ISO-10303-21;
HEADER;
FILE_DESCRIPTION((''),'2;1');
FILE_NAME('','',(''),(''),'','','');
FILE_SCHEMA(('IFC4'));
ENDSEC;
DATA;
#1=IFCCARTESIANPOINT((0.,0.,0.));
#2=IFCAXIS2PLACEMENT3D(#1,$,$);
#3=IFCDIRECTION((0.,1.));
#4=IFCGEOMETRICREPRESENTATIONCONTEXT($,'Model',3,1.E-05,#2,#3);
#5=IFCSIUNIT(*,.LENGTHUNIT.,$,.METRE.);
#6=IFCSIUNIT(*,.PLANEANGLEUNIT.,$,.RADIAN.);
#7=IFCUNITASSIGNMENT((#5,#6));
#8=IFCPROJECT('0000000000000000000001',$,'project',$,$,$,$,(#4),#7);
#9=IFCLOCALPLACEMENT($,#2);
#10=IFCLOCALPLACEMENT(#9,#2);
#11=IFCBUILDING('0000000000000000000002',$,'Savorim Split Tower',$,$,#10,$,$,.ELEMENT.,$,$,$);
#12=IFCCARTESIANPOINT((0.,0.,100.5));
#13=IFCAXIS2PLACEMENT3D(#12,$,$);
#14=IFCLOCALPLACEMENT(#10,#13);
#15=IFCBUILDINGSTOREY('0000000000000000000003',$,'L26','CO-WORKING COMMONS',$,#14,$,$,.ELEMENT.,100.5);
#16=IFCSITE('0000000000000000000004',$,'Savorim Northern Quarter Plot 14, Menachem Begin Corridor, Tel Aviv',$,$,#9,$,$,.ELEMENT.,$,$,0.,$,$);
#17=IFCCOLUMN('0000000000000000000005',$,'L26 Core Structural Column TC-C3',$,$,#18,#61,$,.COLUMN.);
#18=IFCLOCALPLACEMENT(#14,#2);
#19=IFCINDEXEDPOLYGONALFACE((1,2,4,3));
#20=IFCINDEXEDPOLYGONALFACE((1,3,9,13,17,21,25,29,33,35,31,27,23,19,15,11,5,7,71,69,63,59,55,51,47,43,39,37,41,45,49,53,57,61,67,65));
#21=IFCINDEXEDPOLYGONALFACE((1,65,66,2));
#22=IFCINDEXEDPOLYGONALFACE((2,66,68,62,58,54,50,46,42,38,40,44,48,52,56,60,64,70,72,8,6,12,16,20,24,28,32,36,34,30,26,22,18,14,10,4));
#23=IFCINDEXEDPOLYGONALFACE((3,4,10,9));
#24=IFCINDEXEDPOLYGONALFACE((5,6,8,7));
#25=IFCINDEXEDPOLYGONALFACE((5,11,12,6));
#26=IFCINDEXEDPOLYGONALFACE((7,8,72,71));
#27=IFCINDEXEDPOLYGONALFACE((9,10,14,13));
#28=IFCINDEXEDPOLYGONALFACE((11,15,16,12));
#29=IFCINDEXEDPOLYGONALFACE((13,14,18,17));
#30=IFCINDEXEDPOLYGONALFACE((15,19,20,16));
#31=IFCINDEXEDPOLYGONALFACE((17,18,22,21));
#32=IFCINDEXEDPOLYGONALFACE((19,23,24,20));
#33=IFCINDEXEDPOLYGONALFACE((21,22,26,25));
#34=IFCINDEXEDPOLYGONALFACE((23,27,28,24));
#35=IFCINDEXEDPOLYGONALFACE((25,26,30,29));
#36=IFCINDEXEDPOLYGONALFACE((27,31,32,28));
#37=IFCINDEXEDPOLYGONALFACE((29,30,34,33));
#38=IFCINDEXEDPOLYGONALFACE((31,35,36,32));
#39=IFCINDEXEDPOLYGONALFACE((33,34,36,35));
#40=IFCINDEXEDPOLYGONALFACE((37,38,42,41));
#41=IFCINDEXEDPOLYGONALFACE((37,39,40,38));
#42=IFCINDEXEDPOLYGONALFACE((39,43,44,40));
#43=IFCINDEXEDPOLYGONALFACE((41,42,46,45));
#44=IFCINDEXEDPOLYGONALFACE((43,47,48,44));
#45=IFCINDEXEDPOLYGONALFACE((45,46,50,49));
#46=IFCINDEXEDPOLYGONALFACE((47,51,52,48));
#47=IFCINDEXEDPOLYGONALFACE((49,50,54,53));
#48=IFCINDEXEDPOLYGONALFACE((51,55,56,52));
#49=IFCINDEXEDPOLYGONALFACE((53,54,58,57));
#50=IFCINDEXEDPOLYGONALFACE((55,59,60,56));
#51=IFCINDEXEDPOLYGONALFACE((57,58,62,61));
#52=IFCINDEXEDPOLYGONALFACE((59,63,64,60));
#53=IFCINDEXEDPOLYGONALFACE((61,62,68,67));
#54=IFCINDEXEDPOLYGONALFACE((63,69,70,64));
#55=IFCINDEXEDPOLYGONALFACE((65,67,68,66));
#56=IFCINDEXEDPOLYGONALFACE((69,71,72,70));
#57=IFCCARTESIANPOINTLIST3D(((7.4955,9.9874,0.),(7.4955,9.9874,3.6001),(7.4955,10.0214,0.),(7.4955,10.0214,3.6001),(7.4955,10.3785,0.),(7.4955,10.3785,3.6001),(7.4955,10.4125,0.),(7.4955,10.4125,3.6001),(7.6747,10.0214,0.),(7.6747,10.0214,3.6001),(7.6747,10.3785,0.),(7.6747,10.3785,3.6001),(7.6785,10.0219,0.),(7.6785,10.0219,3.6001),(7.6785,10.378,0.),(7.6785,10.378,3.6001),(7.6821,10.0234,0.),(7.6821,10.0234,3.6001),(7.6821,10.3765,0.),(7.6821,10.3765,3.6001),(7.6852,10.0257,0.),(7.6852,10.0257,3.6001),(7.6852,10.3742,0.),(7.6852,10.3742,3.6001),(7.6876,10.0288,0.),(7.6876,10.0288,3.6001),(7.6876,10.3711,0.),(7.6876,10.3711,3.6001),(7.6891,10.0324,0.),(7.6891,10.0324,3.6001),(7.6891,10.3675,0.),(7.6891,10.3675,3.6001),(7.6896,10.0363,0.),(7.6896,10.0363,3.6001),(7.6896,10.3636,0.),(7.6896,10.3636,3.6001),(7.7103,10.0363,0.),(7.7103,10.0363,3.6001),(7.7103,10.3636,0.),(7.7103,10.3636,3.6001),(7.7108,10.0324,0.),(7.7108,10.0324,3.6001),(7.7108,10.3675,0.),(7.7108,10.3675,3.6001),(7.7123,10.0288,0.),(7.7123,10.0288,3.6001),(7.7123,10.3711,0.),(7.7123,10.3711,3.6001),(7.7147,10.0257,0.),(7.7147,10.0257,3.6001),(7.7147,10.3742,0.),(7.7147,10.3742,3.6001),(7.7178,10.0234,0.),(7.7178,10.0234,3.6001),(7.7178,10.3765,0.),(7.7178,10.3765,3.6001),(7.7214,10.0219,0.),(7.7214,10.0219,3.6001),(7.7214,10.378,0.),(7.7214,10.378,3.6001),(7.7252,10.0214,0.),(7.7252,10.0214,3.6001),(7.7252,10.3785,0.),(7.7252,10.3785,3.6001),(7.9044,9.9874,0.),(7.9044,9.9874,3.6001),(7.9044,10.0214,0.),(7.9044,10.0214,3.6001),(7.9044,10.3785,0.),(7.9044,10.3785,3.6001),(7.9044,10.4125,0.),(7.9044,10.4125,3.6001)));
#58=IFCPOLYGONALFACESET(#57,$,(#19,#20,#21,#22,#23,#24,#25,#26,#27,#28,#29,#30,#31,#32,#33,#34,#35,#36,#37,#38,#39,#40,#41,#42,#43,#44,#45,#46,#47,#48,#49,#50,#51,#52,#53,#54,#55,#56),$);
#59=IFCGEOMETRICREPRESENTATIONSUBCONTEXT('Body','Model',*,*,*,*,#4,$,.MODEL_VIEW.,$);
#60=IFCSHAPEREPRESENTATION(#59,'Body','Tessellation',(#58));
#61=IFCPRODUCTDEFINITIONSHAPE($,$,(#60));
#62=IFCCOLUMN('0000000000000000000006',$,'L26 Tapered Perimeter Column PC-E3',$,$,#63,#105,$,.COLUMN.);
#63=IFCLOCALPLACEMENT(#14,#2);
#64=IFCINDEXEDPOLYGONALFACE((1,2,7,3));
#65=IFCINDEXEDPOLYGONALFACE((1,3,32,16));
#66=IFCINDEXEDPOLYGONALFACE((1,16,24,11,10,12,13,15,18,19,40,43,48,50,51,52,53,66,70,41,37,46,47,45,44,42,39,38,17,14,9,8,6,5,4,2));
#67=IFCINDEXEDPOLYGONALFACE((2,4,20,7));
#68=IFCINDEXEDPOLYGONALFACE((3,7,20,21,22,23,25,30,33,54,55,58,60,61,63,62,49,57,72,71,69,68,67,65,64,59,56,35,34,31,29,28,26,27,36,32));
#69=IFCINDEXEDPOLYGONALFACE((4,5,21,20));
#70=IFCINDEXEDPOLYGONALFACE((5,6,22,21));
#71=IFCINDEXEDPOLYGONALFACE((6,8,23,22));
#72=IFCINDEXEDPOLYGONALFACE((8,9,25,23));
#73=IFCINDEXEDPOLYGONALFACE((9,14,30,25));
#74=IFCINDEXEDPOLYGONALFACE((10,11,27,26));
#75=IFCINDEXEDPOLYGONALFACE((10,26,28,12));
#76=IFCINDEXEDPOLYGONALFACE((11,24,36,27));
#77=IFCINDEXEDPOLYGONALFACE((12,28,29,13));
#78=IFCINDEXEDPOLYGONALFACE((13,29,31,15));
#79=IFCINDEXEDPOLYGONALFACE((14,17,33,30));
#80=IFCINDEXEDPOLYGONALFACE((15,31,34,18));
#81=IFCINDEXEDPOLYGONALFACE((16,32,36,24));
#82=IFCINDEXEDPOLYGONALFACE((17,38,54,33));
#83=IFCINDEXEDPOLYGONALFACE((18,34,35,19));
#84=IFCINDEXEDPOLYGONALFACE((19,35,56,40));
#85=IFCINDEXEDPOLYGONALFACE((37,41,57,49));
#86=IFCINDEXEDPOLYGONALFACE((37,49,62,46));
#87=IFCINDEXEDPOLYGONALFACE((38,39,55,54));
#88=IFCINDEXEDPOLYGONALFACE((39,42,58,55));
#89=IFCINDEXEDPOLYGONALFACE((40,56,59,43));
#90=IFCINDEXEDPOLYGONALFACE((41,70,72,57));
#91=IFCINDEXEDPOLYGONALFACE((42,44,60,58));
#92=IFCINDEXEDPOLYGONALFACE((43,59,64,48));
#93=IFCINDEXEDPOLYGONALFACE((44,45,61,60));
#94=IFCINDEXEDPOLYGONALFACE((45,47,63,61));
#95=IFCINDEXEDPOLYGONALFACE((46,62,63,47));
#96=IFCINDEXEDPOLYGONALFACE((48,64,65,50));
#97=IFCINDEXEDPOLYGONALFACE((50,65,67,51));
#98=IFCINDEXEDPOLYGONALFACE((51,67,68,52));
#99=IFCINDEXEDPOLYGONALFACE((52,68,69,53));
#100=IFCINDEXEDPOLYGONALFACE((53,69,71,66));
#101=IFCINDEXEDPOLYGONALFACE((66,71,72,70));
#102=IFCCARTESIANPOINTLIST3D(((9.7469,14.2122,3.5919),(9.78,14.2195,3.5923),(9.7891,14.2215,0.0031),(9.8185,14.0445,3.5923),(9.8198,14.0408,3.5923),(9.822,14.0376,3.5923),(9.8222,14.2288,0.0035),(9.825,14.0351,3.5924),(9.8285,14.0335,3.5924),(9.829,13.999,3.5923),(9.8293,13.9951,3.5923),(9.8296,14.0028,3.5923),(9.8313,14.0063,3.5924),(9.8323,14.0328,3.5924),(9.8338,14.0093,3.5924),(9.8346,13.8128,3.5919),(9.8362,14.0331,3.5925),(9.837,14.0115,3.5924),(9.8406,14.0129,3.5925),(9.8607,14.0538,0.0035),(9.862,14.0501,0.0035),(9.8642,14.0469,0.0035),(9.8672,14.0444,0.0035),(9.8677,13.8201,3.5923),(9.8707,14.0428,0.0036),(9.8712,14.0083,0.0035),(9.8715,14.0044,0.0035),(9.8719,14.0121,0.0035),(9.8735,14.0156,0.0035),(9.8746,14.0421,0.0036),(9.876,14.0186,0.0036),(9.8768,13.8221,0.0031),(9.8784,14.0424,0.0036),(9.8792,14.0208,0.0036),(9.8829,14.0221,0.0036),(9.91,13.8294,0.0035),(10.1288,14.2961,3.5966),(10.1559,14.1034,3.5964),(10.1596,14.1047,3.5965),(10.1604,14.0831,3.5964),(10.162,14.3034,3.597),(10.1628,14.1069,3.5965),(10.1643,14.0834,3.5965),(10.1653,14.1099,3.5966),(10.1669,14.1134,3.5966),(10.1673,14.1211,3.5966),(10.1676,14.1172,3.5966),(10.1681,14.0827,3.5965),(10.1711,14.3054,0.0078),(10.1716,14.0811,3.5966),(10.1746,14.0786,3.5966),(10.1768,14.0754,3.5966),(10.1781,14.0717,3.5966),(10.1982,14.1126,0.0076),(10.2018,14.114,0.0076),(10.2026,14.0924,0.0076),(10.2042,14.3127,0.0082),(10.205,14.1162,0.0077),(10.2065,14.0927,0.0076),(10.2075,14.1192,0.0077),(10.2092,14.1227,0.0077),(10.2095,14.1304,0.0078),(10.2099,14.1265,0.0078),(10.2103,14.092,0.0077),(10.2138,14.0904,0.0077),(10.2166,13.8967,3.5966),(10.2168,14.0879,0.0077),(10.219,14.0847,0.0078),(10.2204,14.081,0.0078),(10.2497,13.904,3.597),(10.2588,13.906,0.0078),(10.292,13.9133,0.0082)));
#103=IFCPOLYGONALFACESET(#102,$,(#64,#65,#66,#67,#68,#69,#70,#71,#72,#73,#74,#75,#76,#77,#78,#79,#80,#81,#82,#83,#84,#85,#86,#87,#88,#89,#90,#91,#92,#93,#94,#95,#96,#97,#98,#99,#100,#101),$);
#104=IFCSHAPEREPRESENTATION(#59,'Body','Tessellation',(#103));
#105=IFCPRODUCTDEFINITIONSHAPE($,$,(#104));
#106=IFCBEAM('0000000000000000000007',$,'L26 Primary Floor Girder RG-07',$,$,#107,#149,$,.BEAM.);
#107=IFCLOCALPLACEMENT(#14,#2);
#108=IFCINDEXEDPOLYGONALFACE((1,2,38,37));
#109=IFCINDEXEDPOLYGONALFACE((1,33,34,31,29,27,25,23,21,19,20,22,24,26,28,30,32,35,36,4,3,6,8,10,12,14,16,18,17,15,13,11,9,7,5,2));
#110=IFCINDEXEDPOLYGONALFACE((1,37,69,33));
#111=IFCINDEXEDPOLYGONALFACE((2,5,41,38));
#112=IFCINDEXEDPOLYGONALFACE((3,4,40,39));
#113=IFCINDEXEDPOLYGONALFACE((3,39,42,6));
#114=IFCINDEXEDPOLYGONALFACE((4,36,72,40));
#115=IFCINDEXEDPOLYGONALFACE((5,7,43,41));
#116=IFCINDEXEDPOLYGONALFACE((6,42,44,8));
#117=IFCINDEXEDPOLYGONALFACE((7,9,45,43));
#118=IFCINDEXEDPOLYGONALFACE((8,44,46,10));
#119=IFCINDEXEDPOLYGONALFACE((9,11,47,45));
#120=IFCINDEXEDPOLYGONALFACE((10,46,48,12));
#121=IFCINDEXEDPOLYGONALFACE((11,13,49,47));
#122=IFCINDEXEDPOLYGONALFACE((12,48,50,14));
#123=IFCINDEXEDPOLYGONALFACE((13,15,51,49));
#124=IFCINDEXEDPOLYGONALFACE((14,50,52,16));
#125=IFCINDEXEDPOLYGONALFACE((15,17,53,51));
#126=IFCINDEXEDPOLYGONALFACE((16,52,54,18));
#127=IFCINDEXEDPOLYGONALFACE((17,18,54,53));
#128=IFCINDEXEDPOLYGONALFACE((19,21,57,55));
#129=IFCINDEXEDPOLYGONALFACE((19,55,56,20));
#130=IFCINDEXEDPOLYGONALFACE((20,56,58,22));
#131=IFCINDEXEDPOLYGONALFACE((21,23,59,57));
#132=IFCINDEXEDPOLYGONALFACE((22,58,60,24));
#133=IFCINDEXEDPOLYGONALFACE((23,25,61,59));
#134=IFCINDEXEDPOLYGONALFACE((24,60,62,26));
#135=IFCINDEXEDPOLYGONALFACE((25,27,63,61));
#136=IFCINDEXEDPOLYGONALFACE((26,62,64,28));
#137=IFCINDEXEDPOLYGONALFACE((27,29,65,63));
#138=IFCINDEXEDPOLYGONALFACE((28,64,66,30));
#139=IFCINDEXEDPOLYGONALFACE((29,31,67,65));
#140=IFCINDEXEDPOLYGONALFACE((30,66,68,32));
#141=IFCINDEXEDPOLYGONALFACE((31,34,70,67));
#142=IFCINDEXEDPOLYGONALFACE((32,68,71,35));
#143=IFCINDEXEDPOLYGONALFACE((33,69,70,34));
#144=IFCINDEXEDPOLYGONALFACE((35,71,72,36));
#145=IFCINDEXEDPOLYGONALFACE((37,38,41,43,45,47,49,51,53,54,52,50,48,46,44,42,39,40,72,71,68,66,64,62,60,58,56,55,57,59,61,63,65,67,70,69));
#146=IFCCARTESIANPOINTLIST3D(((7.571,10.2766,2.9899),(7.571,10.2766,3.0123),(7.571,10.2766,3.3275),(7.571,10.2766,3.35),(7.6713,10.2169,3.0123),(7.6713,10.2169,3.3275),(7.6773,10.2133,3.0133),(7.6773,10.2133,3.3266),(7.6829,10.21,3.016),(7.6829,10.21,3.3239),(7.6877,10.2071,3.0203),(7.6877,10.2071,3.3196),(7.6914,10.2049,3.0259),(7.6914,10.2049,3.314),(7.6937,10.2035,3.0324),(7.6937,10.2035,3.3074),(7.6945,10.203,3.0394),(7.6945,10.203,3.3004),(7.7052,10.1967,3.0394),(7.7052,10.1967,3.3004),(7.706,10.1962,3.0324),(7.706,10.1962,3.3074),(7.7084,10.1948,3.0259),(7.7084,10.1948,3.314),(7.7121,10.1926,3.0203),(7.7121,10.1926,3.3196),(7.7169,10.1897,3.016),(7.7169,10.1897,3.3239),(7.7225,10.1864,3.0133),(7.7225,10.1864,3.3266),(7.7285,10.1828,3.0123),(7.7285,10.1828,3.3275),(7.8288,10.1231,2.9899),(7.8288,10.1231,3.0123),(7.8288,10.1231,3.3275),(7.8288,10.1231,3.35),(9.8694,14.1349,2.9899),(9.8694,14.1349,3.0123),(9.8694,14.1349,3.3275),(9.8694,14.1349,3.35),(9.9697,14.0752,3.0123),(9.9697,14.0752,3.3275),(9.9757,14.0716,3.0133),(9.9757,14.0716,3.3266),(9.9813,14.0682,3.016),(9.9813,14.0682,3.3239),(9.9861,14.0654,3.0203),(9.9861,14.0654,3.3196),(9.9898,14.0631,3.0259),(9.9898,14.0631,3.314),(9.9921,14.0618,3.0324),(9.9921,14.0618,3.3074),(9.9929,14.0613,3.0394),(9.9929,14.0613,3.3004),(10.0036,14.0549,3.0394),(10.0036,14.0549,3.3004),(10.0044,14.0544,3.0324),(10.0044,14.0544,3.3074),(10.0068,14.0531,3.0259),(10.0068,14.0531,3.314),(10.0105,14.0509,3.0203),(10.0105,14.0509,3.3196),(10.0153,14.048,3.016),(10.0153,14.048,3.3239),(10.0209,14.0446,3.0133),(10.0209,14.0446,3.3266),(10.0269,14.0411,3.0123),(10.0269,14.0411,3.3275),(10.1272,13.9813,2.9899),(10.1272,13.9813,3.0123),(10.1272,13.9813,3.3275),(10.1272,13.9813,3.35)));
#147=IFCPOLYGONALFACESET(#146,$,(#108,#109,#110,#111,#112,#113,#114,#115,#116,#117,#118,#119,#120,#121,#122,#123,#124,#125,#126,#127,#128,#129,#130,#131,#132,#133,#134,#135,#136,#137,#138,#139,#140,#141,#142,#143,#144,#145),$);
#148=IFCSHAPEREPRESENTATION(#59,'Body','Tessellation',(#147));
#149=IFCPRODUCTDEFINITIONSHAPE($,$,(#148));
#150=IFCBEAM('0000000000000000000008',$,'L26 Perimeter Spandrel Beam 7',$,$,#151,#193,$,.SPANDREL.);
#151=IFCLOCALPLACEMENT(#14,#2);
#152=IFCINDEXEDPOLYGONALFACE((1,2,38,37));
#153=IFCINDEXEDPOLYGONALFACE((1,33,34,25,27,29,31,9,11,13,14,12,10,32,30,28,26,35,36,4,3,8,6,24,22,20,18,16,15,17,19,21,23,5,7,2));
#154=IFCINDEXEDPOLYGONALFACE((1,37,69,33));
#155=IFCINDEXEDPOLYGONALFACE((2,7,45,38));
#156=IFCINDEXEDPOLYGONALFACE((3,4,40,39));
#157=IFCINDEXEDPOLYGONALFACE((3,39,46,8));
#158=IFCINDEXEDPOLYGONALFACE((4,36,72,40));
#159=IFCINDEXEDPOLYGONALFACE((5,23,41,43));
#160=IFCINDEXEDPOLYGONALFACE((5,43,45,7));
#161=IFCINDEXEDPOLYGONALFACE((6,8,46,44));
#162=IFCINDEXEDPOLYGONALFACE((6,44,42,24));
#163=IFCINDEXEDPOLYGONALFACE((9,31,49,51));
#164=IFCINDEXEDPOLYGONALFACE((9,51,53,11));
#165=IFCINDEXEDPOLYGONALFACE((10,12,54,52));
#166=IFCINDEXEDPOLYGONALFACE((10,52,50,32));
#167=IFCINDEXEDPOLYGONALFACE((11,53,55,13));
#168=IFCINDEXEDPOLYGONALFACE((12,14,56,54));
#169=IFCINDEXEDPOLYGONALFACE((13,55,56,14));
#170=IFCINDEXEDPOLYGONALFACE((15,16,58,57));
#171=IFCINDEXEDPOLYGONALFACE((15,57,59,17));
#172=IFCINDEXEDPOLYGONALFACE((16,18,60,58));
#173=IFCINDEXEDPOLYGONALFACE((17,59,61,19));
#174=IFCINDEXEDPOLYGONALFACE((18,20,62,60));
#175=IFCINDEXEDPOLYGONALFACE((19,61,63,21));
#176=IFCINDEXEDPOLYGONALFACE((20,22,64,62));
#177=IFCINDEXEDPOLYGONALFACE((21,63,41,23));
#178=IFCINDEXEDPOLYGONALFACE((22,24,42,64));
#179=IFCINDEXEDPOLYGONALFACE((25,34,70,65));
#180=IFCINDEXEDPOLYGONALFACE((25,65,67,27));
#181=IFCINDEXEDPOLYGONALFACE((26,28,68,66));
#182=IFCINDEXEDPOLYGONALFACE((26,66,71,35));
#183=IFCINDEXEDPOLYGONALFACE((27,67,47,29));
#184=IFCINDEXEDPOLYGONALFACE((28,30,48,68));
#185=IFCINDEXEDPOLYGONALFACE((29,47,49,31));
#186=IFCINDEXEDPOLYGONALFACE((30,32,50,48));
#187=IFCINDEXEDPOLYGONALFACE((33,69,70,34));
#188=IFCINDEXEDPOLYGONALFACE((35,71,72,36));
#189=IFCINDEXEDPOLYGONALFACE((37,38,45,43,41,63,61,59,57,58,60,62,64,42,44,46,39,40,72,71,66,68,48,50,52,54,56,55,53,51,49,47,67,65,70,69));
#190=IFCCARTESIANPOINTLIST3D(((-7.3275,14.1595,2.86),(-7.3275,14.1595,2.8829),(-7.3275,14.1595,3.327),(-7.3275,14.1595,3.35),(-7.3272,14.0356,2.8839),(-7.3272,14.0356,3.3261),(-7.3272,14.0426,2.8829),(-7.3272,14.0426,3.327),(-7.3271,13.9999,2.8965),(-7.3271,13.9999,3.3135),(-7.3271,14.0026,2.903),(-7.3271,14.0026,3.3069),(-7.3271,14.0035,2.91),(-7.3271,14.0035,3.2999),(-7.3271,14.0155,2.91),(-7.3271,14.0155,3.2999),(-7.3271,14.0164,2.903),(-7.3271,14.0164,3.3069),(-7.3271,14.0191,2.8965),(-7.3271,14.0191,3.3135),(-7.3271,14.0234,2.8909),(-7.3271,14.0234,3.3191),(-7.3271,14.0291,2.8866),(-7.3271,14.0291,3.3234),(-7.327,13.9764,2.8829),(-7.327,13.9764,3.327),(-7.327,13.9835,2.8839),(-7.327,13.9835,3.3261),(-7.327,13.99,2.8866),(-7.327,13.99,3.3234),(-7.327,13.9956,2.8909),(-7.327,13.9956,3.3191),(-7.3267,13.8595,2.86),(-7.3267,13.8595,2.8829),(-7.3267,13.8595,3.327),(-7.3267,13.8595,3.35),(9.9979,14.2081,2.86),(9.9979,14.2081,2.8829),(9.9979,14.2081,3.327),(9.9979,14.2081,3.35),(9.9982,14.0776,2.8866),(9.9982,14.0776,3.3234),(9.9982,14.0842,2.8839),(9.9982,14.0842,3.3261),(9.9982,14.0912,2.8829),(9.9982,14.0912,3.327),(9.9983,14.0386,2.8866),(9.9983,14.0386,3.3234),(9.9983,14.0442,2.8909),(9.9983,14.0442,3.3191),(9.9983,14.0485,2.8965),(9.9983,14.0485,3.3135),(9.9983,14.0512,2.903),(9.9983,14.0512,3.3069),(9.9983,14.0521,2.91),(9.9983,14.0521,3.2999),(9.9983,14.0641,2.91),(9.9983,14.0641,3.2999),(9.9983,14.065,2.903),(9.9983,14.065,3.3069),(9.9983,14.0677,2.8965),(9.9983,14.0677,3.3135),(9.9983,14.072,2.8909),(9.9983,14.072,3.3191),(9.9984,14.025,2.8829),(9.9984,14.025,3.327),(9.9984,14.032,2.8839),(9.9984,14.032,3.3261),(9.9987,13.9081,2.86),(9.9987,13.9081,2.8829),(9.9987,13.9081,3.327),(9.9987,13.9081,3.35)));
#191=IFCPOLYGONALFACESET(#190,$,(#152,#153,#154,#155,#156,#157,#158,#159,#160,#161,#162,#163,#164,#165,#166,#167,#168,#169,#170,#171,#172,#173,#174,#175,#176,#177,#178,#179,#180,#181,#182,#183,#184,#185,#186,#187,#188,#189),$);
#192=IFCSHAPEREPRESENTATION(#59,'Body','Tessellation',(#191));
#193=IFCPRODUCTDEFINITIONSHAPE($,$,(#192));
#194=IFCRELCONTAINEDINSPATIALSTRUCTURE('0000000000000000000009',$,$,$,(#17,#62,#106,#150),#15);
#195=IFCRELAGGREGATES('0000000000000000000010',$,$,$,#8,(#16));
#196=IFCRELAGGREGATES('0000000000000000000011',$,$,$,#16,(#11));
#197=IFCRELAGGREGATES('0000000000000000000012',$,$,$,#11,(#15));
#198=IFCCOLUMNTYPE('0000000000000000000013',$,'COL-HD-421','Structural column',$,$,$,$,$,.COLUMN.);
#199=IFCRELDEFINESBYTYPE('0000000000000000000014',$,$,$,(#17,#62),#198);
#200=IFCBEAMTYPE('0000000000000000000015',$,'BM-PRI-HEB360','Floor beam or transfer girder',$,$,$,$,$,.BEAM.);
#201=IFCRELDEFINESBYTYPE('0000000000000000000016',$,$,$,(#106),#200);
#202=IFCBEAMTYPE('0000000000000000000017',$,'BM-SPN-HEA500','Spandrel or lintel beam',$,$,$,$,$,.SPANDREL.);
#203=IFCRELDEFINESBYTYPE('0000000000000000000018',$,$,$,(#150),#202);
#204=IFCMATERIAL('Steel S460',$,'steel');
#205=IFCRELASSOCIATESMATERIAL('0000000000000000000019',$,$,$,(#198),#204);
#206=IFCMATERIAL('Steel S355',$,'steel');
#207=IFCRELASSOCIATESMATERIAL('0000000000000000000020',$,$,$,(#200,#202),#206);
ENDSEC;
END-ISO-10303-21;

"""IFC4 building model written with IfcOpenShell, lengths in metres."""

from ifc_helpers import new_model, si_unit, direction, frame, origin, origin_2d, place, context, subcontext, project, spatial, i_section, extrude, material, material_profile, profile_set, type_object, element, save


model = new_model("IFC4")

# Units and contexts
model_context = context("Model", 3, precision=1e-05, world=origin(), true_north=direction((0.0, 1.0)))
body_context = subcontext(model_context, "Body", "Model", "MODEL_VIEW")
ifc_project = project(units=[si_unit("LENGTHUNIT", "METRE"), si_unit("PLANEANGLEUNIT", "RADIAN")], contexts=[model_context])

# Site, building, storey
site_placement = place(None, origin())
site = spatial("IfcSite", under=ifc_project, at=site_placement, Name="Savorim Northern Quarter Plot 14, Menachem Begin Corridor, Tel Aviv", CompositionType="ELEMENT", RefElevation=0.0)
building_placement = place(site_placement, origin())
building = spatial("IfcBuilding", under=site, at=building_placement, Name="Savorim Split Tower", CompositionType="ELEMENT")
storey_placement = place(building_placement, frame((0.0, 0.0, 100.5)))
storey = spatial("IfcBuildingStorey", under=building, at=storey_placement, Name="L26", Description="CO-WORKING COMMONS", CompositionType="ELEMENT", Elevation=100.5)

# Columns
ifc_material_1 = material(Name="Steel S460", Category="steel")
ifc_material_profile_1 = material_profile(ifc_material_1, i_section(OverallWidth=0.4089, OverallDepth=0.425, WebThickness=0.0208, FlangeThickness=0.0339, FilletRadius=0.0149, at=origin_2d()), Name="HD 400x421")
ifc_profile_set_1 = profile_set([ifc_material_profile_1], Name="Steel S460")
column_type = type_object("IfcColumnType", Name="COL-HD-421", Description="Structural column", PredefinedType="COLUMN", material=ifc_profile_set_1)
column_1_placement = place(storey_placement, frame((7.7, 10.2, 0.0), z_axis=(0.0, 0.0, 1.0), x_axis=(1.0, 0.0, 0.0)))
element("IfcColumn", 1, at=column_1_placement, inside=storey, type_object=column_type, Name="L26 Core Structural Column TC-C3", PredefinedType="COLUMN", context=body_context, shape_type="SweptSolid", body=[
    extrude(i_section(OverallWidth=0.4089, OverallDepth=0.425, WebThickness=0.0208, FlangeThickness=0.0339, FilletRadius=0.0149, at=origin_2d()), origin(), (0.0, 0.0, 1.0), 3.6001),
])
column_2_placement = place(storey_placement, frame((10.0405, 14.0674, 0.0056), z_axis=(-0.011768, -0.002585, 0.999927), x_axis=(0.214539, -0.976715, 0.0)))
element("IfcColumn", 2, at=column_2_placement, inside=storey, type_object=column_type, Name="L26 Tapered Perimeter Column PC-E3", PredefinedType="COLUMN", context=body_context, shape_type="SweptSolid", body=[
    extrude(i_section(OverallWidth=0.4089, OverallDepth=0.425, WebThickness=0.0208, FlangeThickness=0.0339, FilletRadius=0.0149, at=origin_2d()), origin(), (0.0, 0.0, 1.0), 3.5891),
])

# Beams
ifc_material_2 = material(Name="Steel S355", Category="steel")
ifc_material_profile_2 = material_profile(ifc_material_2, i_section(OverallWidth=0.3, OverallDepth=0.3601, WebThickness=0.0125, FlangeThickness=0.0225, FilletRadius=0.0271, at=origin_2d()), Name="HEB 360")
ifc_profile_set_2 = profile_set([ifc_material_profile_2], Name="Steel S355")
beam_type_1 = type_object("IfcBeamType", Name="BM-PRI-HEB360", Description="Floor beam or transfer girder", PredefinedType="BEAM", material=ifc_profile_set_2)
beam_1_placement = place(storey_placement, frame((9.9983, 14.0581, 3.1699), z_axis=(-0.511783, -0.859115, 0.0), x_axis=(0.859115, -0.511783, 0.0)))
element("IfcBeam", 3, at=beam_1_placement, inside=storey, type_object=beam_type_1, Name="L26 Primary Floor Girder RG-07", PredefinedType="BEAM", context=body_context, shape_type="SweptSolid", body=[
    extrude(i_section(OverallWidth=0.3, OverallDepth=0.3601, WebThickness=0.0125, FlangeThickness=0.0225, FilletRadius=0.0271, at=origin_2d()), origin(), (0.0, 0.0, 1.0), 4.491),
])
ifc_material_profile_3 = material_profile(ifc_material_2, i_section(OverallWidth=0.3, OverallDepth=0.49, WebThickness=0.012, FlangeThickness=0.0229, FilletRadius=0.0271, at=origin_2d()), Name="HEA 500")
ifc_profile_set_3 = profile_set([ifc_material_profile_3], Name="Steel S355")
beam_type_2 = type_object("IfcBeamType", Name="BM-SPN-HEA500", Description="Spandrel or lintel beam", PredefinedType="SPANDREL", material=ifc_profile_set_3)
beam_2_placement = place(storey_placement, frame((9.9983, 14.0581, 3.105), z_axis=(-0.999996, -0.002804, 0.0), x_axis=(0.002804, -0.999996, 0.0)))
element("IfcBeam", 4, at=beam_2_placement, inside=storey, type_object=beam_type_2, Name="L26 Perimeter Spandrel Beam 7", PredefinedType="SPANDREL", context=body_context, shape_type="SweptSolid", body=[
    extrude(i_section(OverallWidth=0.3, OverallDepth=0.49, WebThickness=0.012, FlangeThickness=0.0229, FilletRadius=0.0271, at=origin_2d()), origin(), (0.0, 0.0, 1.0), 17.3254),
])

save(model, "model.ifc")
